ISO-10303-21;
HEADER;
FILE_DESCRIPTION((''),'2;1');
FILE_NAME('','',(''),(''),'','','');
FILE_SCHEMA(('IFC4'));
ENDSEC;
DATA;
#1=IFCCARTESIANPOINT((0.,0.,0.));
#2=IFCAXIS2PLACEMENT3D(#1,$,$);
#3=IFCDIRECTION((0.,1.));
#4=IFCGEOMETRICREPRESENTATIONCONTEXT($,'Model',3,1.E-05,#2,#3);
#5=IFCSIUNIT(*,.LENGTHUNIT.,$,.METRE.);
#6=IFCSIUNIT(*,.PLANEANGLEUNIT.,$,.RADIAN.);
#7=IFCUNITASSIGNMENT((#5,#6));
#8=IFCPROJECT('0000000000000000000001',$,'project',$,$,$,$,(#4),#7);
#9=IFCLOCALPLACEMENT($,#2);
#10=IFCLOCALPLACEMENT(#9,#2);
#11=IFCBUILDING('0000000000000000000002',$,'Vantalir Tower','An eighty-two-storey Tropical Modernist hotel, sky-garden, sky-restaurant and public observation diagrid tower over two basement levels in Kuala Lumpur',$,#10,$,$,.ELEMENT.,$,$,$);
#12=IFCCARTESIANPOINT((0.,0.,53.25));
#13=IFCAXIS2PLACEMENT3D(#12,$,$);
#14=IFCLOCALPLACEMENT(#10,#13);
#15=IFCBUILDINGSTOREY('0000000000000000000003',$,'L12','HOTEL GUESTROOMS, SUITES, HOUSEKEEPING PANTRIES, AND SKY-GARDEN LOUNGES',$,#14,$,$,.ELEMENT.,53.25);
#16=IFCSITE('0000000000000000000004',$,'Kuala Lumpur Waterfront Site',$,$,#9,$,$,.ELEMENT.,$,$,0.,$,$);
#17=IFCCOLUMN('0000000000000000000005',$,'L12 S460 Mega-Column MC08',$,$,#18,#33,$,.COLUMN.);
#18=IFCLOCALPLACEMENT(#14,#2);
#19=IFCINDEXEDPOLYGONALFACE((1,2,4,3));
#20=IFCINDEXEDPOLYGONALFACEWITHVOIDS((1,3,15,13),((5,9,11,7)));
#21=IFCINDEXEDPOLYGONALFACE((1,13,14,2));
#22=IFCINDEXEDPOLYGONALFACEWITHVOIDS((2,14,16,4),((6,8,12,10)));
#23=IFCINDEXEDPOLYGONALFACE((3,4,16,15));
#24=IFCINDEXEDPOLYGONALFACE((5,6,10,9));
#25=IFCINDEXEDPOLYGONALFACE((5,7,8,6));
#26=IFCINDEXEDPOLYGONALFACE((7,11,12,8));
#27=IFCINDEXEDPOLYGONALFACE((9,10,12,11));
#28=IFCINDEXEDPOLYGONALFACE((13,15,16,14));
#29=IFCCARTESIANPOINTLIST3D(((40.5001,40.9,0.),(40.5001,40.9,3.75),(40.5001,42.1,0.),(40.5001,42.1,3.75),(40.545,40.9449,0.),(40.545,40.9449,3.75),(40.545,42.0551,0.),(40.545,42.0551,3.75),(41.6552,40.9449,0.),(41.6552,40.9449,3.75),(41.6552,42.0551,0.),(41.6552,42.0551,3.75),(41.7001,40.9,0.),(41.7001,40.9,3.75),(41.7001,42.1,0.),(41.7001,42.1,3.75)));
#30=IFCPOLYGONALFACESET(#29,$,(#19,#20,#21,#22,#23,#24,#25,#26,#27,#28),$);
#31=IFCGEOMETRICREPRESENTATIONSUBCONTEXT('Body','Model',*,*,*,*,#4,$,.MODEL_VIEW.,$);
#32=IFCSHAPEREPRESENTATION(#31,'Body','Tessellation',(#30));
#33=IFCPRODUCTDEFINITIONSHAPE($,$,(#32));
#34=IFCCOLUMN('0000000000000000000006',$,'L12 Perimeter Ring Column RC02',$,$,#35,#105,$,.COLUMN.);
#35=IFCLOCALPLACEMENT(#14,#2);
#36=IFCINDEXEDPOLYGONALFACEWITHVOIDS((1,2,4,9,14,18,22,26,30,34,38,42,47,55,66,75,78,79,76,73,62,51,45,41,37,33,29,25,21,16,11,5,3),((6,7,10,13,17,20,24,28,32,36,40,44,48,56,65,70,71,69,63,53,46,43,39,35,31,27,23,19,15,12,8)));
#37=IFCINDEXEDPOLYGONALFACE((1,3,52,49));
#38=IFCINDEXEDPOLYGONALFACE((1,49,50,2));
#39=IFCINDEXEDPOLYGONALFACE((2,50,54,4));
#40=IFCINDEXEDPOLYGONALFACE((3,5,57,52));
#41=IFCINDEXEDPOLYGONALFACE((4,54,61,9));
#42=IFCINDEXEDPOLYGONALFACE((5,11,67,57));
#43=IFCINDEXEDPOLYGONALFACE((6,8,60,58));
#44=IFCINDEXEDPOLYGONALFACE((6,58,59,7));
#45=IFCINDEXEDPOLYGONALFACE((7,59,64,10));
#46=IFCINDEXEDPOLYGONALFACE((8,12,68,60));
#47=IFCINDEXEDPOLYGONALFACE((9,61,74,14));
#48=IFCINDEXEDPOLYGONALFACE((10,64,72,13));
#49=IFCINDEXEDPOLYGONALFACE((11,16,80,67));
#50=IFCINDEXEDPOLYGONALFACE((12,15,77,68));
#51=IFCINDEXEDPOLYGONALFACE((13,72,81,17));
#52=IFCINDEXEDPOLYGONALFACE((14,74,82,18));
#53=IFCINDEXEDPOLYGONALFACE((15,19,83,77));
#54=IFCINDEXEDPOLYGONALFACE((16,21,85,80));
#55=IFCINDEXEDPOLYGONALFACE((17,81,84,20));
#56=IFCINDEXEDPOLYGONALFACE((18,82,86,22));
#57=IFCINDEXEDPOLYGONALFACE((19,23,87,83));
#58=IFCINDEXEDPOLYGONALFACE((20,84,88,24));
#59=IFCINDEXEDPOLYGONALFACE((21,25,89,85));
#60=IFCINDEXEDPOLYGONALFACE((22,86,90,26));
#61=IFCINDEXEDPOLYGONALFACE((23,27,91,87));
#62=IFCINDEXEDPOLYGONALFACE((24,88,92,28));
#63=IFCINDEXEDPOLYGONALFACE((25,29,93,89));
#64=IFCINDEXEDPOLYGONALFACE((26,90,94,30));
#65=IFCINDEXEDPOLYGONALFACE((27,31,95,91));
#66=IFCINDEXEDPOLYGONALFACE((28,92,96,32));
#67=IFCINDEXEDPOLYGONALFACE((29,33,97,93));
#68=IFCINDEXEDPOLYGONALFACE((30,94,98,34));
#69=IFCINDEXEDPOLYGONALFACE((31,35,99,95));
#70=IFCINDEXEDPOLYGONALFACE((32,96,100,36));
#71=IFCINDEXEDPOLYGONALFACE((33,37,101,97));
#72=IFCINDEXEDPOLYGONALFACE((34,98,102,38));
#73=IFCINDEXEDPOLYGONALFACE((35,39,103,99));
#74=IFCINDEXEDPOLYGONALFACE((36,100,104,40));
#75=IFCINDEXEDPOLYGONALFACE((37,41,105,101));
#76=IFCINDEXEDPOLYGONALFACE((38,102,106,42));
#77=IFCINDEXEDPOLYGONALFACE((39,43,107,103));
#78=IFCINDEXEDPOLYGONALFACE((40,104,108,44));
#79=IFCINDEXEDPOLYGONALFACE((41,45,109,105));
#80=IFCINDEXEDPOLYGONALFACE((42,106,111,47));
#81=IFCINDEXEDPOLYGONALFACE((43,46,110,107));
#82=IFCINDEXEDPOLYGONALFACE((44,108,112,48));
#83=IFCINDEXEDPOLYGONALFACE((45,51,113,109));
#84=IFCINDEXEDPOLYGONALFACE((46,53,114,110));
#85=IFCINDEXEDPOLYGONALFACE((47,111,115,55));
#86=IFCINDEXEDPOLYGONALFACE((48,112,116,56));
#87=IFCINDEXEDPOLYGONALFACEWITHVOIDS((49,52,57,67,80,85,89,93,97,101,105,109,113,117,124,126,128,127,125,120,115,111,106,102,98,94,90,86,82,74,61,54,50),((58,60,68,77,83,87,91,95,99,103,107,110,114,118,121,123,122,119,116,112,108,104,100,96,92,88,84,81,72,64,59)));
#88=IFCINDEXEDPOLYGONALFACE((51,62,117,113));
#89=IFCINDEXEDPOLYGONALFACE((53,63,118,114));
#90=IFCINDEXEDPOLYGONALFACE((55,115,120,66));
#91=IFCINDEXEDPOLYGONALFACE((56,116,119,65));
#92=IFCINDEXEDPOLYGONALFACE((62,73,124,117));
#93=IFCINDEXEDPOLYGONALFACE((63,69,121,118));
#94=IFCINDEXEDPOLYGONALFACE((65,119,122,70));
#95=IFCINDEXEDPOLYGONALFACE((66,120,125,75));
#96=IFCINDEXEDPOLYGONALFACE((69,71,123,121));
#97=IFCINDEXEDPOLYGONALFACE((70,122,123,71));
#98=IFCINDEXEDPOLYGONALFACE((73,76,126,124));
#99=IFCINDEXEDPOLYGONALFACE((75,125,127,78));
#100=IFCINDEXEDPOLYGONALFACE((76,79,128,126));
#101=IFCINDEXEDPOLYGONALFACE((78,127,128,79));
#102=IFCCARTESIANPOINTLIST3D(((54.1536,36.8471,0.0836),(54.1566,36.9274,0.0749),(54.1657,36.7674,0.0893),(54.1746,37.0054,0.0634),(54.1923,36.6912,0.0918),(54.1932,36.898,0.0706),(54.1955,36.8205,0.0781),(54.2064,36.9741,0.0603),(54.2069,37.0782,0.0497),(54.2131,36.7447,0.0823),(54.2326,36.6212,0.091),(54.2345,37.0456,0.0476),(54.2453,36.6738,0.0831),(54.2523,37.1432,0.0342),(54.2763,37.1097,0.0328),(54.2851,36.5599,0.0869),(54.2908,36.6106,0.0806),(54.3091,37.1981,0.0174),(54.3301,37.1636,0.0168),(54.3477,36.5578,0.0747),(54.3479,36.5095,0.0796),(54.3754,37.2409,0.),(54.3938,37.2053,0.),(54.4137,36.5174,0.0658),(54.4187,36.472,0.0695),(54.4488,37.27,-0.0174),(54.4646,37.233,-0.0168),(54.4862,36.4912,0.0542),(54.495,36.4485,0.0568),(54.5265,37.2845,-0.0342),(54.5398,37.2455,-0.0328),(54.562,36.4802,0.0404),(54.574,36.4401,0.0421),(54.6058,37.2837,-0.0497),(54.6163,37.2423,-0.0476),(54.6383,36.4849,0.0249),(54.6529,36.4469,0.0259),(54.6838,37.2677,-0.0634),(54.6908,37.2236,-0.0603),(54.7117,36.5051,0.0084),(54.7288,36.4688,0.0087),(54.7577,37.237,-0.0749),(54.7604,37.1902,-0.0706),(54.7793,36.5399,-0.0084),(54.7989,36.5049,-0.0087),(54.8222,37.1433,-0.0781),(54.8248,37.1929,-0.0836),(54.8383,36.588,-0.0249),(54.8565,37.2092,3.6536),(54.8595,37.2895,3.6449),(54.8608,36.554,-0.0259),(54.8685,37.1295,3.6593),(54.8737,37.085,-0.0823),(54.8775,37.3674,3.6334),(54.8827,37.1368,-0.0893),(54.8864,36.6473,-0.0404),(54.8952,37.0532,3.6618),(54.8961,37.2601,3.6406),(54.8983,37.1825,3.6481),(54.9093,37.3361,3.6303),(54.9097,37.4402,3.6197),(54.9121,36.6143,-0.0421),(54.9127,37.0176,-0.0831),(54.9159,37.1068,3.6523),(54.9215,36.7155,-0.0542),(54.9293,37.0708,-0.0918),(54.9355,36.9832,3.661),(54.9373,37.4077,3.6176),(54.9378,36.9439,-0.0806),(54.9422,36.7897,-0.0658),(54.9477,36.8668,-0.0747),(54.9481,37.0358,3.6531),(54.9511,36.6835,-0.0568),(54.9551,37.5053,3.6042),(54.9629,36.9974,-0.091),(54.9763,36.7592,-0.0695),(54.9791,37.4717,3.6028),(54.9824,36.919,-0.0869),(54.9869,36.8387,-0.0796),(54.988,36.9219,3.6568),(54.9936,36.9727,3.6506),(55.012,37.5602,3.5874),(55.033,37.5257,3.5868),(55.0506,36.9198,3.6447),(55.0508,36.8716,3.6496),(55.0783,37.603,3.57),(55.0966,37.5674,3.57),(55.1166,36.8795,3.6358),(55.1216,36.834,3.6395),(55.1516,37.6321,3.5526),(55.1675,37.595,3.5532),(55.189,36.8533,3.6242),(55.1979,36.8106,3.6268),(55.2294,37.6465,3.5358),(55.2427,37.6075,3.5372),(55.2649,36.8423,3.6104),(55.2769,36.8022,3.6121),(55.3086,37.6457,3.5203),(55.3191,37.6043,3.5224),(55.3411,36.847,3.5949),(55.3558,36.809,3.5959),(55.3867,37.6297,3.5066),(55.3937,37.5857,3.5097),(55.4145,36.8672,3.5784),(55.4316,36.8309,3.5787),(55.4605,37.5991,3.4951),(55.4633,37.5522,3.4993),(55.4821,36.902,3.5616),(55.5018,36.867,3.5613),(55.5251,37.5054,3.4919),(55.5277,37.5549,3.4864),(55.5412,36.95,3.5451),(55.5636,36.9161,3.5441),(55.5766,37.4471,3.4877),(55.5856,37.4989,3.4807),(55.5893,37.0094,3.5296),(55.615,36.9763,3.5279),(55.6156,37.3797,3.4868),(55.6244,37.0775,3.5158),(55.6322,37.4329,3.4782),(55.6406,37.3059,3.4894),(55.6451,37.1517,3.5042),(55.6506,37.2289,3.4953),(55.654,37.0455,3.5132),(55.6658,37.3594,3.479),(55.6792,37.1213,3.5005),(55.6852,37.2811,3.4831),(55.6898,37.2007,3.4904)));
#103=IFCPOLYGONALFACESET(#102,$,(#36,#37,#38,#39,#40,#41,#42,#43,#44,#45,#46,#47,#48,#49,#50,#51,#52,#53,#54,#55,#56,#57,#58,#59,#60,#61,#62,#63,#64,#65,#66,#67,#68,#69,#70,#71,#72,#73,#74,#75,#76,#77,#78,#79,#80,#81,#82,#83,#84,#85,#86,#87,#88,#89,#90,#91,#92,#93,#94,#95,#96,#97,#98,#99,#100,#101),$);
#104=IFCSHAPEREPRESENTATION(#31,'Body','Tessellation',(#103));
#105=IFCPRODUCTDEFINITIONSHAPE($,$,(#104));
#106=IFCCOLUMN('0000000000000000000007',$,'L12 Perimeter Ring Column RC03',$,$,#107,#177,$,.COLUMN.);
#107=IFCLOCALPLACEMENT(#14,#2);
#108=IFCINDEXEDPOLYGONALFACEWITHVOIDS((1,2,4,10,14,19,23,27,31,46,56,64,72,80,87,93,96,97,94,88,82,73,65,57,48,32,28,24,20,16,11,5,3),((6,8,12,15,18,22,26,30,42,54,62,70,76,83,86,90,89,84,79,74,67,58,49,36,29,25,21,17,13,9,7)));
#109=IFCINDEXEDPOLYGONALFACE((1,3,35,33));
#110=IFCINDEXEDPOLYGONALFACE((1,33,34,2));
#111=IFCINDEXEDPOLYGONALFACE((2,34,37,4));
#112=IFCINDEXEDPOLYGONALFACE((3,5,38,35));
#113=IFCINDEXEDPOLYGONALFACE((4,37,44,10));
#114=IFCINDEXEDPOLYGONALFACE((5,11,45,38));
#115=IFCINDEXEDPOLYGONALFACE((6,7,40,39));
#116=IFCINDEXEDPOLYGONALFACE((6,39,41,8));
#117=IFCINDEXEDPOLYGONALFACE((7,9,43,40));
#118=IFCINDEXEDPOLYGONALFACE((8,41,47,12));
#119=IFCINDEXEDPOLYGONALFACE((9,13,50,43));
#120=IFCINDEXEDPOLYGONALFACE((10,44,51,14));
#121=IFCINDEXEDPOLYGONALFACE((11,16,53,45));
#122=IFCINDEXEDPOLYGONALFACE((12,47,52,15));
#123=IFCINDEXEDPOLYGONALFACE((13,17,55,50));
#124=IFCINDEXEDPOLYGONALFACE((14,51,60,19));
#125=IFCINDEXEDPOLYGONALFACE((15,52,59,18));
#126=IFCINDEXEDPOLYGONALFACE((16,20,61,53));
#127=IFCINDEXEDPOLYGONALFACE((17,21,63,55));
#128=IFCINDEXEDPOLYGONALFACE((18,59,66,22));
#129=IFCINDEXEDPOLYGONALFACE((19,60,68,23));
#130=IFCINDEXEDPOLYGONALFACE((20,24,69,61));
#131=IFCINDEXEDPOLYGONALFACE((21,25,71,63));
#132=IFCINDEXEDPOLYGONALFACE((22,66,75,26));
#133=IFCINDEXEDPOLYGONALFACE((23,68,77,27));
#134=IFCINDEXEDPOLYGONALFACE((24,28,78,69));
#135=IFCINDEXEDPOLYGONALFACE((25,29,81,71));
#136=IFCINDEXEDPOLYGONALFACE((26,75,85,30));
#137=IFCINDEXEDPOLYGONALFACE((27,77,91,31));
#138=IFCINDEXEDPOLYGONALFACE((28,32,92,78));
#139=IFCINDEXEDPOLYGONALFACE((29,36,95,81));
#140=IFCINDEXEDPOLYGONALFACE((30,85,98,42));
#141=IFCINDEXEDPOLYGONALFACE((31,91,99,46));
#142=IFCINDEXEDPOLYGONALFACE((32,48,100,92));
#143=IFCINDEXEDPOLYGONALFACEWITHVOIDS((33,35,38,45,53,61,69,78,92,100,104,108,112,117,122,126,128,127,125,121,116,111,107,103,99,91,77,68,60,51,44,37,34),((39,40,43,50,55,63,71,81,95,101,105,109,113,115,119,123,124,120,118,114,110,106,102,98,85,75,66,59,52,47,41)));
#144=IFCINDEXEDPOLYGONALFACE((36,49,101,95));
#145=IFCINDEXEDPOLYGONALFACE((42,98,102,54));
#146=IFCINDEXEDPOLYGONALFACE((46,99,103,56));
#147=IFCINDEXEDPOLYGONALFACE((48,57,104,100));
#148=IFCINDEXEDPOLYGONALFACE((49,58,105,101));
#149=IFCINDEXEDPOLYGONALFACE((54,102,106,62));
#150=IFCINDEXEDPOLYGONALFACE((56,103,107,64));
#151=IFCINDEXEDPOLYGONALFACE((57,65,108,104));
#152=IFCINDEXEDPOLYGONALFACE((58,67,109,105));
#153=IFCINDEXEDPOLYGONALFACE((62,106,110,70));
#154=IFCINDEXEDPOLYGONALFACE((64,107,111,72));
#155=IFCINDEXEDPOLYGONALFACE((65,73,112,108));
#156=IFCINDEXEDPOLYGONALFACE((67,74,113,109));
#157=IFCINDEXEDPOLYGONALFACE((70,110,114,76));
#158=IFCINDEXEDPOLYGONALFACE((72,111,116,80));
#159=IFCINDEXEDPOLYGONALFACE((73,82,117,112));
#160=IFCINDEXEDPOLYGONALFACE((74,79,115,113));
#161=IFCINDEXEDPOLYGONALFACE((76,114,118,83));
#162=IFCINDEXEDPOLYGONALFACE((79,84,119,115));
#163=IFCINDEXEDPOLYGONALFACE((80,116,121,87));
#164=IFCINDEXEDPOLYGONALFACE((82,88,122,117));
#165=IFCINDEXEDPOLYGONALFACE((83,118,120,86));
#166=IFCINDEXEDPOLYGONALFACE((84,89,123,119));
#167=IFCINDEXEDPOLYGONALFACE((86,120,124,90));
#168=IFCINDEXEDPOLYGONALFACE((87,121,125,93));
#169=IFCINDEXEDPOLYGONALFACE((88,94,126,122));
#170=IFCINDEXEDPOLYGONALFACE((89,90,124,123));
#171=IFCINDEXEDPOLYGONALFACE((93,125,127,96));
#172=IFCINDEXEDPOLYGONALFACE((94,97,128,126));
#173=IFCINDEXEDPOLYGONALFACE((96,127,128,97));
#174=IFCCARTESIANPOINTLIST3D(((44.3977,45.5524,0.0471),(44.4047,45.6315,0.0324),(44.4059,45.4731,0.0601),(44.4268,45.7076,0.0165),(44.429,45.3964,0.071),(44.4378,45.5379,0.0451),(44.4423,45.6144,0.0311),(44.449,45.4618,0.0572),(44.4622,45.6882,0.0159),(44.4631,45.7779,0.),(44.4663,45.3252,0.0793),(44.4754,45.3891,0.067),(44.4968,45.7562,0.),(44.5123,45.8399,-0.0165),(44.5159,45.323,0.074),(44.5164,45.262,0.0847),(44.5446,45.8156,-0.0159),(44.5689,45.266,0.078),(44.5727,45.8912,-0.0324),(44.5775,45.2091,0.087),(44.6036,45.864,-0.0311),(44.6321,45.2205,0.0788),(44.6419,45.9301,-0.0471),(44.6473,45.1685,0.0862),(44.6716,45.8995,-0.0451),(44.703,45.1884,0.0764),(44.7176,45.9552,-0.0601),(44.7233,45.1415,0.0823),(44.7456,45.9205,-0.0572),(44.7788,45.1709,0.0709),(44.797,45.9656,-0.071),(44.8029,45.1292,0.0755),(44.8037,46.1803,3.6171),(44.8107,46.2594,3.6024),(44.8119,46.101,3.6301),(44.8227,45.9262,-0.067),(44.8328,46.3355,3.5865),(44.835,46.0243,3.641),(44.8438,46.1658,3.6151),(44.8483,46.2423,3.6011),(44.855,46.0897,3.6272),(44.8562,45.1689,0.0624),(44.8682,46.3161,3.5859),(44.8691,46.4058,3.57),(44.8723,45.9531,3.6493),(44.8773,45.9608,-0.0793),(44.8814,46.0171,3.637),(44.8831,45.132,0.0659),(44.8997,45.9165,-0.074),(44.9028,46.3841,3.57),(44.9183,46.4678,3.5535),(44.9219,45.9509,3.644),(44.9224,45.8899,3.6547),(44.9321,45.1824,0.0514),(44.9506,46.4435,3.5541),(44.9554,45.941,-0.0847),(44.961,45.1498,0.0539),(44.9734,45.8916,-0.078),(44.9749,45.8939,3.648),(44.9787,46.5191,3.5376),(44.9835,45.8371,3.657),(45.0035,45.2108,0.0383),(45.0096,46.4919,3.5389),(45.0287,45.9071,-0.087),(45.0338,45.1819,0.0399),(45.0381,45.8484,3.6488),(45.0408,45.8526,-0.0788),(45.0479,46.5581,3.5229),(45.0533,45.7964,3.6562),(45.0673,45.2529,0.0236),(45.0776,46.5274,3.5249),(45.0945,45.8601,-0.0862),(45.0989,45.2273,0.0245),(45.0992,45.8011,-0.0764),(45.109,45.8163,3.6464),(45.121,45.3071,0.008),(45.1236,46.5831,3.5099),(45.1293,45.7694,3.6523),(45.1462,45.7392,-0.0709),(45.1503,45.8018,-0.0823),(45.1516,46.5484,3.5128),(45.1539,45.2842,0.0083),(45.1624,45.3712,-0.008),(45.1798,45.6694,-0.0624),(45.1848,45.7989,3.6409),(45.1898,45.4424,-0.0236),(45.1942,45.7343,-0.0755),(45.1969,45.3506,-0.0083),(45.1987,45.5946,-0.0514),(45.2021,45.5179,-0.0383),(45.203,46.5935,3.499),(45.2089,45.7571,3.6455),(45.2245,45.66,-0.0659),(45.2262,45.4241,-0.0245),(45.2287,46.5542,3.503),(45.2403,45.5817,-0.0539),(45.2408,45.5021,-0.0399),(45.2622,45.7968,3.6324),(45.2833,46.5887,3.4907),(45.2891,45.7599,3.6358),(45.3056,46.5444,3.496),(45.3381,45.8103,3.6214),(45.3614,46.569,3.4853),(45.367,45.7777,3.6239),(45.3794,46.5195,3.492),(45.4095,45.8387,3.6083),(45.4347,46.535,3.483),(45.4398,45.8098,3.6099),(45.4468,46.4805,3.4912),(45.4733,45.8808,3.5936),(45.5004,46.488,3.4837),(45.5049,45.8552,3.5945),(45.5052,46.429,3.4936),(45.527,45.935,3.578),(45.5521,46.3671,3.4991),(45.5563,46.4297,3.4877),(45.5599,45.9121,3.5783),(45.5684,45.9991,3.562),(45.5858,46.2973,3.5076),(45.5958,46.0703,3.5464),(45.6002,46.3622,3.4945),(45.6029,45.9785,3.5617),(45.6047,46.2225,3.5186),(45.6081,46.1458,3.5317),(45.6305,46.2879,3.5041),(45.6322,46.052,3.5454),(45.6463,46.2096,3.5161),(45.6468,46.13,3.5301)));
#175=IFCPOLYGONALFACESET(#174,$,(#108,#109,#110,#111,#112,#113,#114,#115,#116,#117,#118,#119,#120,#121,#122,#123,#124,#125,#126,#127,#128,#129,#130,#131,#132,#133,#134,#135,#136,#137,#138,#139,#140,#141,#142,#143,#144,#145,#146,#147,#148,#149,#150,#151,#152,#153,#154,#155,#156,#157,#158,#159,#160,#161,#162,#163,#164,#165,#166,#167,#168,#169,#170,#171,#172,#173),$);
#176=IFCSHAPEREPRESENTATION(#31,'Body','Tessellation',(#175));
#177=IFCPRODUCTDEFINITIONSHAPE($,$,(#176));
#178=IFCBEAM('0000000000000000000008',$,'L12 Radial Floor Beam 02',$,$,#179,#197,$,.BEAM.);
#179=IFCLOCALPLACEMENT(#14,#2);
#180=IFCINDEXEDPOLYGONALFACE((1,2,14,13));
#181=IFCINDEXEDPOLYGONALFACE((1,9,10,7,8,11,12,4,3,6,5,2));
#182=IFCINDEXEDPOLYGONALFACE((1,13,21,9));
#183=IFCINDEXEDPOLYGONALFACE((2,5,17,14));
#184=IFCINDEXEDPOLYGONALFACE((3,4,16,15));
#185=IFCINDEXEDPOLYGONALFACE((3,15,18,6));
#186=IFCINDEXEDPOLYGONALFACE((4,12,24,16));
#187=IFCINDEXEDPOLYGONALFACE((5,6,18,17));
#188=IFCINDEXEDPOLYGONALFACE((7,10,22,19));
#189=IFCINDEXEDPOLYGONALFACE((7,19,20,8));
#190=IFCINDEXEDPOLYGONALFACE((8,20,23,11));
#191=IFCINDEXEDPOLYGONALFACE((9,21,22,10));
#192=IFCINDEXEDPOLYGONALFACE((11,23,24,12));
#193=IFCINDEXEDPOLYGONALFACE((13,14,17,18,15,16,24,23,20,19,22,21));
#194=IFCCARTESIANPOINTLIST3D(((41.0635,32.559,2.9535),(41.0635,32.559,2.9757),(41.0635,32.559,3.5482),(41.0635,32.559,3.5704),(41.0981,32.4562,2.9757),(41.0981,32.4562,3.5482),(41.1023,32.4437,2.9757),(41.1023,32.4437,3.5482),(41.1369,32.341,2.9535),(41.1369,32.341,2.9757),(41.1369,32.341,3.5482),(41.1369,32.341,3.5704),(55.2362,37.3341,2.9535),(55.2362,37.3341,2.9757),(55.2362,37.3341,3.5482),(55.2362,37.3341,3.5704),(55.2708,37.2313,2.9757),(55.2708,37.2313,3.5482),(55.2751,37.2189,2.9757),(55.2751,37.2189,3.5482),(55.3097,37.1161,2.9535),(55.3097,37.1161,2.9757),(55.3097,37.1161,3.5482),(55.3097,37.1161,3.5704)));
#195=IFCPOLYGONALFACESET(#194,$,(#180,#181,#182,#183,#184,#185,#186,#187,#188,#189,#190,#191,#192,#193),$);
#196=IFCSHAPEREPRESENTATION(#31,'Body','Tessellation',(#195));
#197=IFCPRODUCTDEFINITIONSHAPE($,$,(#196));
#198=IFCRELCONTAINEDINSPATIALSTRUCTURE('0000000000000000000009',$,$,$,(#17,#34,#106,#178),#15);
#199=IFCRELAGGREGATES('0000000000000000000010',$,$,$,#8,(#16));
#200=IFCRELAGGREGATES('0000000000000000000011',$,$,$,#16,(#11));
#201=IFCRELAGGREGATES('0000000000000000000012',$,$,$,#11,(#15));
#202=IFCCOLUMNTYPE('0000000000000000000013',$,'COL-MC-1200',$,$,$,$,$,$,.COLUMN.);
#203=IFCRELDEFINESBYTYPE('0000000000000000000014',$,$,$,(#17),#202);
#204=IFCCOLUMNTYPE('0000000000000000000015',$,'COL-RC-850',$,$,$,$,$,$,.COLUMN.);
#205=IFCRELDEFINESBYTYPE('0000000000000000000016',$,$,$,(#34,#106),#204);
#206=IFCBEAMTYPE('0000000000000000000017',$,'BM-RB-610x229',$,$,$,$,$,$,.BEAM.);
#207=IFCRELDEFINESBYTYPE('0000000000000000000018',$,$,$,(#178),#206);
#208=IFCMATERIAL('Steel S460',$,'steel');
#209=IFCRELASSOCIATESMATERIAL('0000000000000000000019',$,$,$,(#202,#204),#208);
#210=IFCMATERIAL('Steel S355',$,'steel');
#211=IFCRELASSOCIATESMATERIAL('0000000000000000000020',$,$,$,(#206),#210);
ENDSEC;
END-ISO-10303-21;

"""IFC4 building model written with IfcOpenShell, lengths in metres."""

from ifc_helpers import new_model, si_unit, direction, frame, origin, origin_2d, place, context, subcontext, project, spatial, hollow_rectangle, hollow_circle, i_section, extrude, material, material_profile, profile_set, type_object, element, save


model = new_model("IFC4")

# Units and contexts
model_context = context("Model", 3, precision=1e-05, world=origin(), true_north=direction((0.0, 1.0)))
body_context = subcontext(model_context, "Body", "Model", "MODEL_VIEW")
ifc_project = project(units=[si_unit("LENGTHUNIT", "METRE"), si_unit("PLANEANGLEUNIT", "RADIAN")], contexts=[model_context])

# Site, building, storey
site_placement = place(None, origin())
site = spatial("IfcSite", under=ifc_project, at=site_placement, Name="Kuala Lumpur Waterfront Site", CompositionType="ELEMENT", RefElevation=0.0)
building_placement = place(site_placement, origin())
building = spatial("IfcBuilding", under=site, at=building_placement, Name="Vantalir Tower", Description="An eighty-two-storey Tropical Modernist hotel, sky-garden, sky-restaurant and public observation diagrid tower over two basement levels in Kuala Lumpur", CompositionType="ELEMENT")
storey_placement = place(building_placement, frame((0.0, 0.0, 53.25)))
storey = spatial("IfcBuildingStorey", under=building, at=storey_placement, Name="L12", Description="HOTEL GUESTROOMS, SUITES, HOUSEKEEPING PANTRIES, AND SKY-GARDEN LOUNGES", CompositionType="ELEMENT", Elevation=53.25)

# Columns
ifc_material_1 = material(Name="Steel S460", Category="steel")
ifc_material_profile_1 = material_profile(ifc_material_1, hollow_rectangle(XDim=1.2, YDim=1.2, WallThickness=0.0449, at=origin_2d()), Name="Steel S460")
ifc_profile_set_1 = profile_set([ifc_material_profile_1], Name="Steel S460")
column_type_1 = type_object("IfcColumnType", Name="COL-MC-1200", PredefinedType="COLUMN", material=ifc_profile_set_1)
column_1_placement = place(storey_placement, frame((41.1001, 41.5, 0.0), z_axis=(0.0, 0.0, 1.0), x_axis=(1.0, 0.0, 0.0)))
element("IfcColumn", 1, at=column_1_placement, inside=storey, type_object=column_type_1, Name="L12 S460 Mega-Column MC08", PredefinedType="COLUMN", context=body_context, shape_type="SweptSolid", body=[
    extrude(hollow_rectangle(XDim=1.2, YDim=1.2, WallThickness=0.0449, at=origin_2d()), origin(), (0.0, 0.0, 1.0), 3.75),
])
ifc_material_profile_2 = material_profile(ifc_material_1, hollow_circle(Radius=0.425, WallThickness=0.04, at=origin_2d()), Name="Steel S460")
ifc_profile_set_2 = profile_set([ifc_material_profile_2], Name="Steel S460")
column_type_2 = type_object("IfcColumnType", Name="COL-RC-850", PredefinedType="COLUMN", material=ifc_profile_set_2)
column_2_placement = place(storey_placement, frame((54.5701, 36.863, 0.0), z_axis=(0.192224, 0.099016, 0.976343), x_axis=(-0.457927, 0.88899, 0.0)))
element("IfcColumn", 2, at=column_2_placement, inside=storey, type_object=column_type_2, Name="L12 Perimeter Ring Column RC02", PredefinedType="COLUMN", context=body_context, shape_type="SweptSolid", body=[
    extrude(hollow_circle(Radius=0.425, WallThickness=0.04, at=origin_2d()), origin(), (0.0, 0.0, 1.0), 3.6565),
])
column_3_placement = place(storey_placement, frame((44.8201, 45.5471, 0.0), z_axis=(0.11131, 0.172152, 0.978761), x_axis=(-0.839754, 0.542967, 0.0)))
element("IfcColumn", 3, at=column_3_placement, inside=storey, type_object=column_type_2, Name="L12 Perimeter Ring Column RC03", PredefinedType="COLUMN", context=body_context, shape_type="SweptSolid", body=[
    extrude(hollow_circle(Radius=0.425, WallThickness=0.04, at=origin_2d()), origin(), (0.0, 0.0, 1.0), 3.6475),
])

# Beam
ifc_material_2 = material(Name="Steel S355", Category="steel")
ifc_material_profile_3 = material_profile(ifc_material_2, i_section(OverallWidth=0.23, OverallDepth=0.6169, WebThickness=0.0132, FlangeThickness=0.0222, at=origin_2d()), Name="Steel S355")
ifc_profile_set_3 = profile_set([ifc_material_profile_3], Name="Steel S355")
beam_type_1 = type_object("IfcBeamType", Name="BM-RB-610x229", PredefinedType="BEAM", material=ifc_profile_set_3)
beam_1_placement = place(storey_placement, frame((55.2729, 37.2251, 3.262), z_axis=(-0.947658, -0.319287, 0.0), x_axis=(0.319287, -0.947658, 0.0)))
element("IfcBeam", 4, at=beam_1_placement, inside=storey, type_object=beam_type_1, Name="L12 Radial Floor Beam 02", PredefinedType="BEAM", context=body_context, shape_type="SweptSolid", body=[
    extrude(i_section(OverallWidth=0.23, OverallDepth=0.6169, WebThickness=0.0132, FlangeThickness=0.0222, at=origin_2d()), origin(), (0.0, 0.0, 1.0), 14.9556),
])

save(model, "model.ifc")
